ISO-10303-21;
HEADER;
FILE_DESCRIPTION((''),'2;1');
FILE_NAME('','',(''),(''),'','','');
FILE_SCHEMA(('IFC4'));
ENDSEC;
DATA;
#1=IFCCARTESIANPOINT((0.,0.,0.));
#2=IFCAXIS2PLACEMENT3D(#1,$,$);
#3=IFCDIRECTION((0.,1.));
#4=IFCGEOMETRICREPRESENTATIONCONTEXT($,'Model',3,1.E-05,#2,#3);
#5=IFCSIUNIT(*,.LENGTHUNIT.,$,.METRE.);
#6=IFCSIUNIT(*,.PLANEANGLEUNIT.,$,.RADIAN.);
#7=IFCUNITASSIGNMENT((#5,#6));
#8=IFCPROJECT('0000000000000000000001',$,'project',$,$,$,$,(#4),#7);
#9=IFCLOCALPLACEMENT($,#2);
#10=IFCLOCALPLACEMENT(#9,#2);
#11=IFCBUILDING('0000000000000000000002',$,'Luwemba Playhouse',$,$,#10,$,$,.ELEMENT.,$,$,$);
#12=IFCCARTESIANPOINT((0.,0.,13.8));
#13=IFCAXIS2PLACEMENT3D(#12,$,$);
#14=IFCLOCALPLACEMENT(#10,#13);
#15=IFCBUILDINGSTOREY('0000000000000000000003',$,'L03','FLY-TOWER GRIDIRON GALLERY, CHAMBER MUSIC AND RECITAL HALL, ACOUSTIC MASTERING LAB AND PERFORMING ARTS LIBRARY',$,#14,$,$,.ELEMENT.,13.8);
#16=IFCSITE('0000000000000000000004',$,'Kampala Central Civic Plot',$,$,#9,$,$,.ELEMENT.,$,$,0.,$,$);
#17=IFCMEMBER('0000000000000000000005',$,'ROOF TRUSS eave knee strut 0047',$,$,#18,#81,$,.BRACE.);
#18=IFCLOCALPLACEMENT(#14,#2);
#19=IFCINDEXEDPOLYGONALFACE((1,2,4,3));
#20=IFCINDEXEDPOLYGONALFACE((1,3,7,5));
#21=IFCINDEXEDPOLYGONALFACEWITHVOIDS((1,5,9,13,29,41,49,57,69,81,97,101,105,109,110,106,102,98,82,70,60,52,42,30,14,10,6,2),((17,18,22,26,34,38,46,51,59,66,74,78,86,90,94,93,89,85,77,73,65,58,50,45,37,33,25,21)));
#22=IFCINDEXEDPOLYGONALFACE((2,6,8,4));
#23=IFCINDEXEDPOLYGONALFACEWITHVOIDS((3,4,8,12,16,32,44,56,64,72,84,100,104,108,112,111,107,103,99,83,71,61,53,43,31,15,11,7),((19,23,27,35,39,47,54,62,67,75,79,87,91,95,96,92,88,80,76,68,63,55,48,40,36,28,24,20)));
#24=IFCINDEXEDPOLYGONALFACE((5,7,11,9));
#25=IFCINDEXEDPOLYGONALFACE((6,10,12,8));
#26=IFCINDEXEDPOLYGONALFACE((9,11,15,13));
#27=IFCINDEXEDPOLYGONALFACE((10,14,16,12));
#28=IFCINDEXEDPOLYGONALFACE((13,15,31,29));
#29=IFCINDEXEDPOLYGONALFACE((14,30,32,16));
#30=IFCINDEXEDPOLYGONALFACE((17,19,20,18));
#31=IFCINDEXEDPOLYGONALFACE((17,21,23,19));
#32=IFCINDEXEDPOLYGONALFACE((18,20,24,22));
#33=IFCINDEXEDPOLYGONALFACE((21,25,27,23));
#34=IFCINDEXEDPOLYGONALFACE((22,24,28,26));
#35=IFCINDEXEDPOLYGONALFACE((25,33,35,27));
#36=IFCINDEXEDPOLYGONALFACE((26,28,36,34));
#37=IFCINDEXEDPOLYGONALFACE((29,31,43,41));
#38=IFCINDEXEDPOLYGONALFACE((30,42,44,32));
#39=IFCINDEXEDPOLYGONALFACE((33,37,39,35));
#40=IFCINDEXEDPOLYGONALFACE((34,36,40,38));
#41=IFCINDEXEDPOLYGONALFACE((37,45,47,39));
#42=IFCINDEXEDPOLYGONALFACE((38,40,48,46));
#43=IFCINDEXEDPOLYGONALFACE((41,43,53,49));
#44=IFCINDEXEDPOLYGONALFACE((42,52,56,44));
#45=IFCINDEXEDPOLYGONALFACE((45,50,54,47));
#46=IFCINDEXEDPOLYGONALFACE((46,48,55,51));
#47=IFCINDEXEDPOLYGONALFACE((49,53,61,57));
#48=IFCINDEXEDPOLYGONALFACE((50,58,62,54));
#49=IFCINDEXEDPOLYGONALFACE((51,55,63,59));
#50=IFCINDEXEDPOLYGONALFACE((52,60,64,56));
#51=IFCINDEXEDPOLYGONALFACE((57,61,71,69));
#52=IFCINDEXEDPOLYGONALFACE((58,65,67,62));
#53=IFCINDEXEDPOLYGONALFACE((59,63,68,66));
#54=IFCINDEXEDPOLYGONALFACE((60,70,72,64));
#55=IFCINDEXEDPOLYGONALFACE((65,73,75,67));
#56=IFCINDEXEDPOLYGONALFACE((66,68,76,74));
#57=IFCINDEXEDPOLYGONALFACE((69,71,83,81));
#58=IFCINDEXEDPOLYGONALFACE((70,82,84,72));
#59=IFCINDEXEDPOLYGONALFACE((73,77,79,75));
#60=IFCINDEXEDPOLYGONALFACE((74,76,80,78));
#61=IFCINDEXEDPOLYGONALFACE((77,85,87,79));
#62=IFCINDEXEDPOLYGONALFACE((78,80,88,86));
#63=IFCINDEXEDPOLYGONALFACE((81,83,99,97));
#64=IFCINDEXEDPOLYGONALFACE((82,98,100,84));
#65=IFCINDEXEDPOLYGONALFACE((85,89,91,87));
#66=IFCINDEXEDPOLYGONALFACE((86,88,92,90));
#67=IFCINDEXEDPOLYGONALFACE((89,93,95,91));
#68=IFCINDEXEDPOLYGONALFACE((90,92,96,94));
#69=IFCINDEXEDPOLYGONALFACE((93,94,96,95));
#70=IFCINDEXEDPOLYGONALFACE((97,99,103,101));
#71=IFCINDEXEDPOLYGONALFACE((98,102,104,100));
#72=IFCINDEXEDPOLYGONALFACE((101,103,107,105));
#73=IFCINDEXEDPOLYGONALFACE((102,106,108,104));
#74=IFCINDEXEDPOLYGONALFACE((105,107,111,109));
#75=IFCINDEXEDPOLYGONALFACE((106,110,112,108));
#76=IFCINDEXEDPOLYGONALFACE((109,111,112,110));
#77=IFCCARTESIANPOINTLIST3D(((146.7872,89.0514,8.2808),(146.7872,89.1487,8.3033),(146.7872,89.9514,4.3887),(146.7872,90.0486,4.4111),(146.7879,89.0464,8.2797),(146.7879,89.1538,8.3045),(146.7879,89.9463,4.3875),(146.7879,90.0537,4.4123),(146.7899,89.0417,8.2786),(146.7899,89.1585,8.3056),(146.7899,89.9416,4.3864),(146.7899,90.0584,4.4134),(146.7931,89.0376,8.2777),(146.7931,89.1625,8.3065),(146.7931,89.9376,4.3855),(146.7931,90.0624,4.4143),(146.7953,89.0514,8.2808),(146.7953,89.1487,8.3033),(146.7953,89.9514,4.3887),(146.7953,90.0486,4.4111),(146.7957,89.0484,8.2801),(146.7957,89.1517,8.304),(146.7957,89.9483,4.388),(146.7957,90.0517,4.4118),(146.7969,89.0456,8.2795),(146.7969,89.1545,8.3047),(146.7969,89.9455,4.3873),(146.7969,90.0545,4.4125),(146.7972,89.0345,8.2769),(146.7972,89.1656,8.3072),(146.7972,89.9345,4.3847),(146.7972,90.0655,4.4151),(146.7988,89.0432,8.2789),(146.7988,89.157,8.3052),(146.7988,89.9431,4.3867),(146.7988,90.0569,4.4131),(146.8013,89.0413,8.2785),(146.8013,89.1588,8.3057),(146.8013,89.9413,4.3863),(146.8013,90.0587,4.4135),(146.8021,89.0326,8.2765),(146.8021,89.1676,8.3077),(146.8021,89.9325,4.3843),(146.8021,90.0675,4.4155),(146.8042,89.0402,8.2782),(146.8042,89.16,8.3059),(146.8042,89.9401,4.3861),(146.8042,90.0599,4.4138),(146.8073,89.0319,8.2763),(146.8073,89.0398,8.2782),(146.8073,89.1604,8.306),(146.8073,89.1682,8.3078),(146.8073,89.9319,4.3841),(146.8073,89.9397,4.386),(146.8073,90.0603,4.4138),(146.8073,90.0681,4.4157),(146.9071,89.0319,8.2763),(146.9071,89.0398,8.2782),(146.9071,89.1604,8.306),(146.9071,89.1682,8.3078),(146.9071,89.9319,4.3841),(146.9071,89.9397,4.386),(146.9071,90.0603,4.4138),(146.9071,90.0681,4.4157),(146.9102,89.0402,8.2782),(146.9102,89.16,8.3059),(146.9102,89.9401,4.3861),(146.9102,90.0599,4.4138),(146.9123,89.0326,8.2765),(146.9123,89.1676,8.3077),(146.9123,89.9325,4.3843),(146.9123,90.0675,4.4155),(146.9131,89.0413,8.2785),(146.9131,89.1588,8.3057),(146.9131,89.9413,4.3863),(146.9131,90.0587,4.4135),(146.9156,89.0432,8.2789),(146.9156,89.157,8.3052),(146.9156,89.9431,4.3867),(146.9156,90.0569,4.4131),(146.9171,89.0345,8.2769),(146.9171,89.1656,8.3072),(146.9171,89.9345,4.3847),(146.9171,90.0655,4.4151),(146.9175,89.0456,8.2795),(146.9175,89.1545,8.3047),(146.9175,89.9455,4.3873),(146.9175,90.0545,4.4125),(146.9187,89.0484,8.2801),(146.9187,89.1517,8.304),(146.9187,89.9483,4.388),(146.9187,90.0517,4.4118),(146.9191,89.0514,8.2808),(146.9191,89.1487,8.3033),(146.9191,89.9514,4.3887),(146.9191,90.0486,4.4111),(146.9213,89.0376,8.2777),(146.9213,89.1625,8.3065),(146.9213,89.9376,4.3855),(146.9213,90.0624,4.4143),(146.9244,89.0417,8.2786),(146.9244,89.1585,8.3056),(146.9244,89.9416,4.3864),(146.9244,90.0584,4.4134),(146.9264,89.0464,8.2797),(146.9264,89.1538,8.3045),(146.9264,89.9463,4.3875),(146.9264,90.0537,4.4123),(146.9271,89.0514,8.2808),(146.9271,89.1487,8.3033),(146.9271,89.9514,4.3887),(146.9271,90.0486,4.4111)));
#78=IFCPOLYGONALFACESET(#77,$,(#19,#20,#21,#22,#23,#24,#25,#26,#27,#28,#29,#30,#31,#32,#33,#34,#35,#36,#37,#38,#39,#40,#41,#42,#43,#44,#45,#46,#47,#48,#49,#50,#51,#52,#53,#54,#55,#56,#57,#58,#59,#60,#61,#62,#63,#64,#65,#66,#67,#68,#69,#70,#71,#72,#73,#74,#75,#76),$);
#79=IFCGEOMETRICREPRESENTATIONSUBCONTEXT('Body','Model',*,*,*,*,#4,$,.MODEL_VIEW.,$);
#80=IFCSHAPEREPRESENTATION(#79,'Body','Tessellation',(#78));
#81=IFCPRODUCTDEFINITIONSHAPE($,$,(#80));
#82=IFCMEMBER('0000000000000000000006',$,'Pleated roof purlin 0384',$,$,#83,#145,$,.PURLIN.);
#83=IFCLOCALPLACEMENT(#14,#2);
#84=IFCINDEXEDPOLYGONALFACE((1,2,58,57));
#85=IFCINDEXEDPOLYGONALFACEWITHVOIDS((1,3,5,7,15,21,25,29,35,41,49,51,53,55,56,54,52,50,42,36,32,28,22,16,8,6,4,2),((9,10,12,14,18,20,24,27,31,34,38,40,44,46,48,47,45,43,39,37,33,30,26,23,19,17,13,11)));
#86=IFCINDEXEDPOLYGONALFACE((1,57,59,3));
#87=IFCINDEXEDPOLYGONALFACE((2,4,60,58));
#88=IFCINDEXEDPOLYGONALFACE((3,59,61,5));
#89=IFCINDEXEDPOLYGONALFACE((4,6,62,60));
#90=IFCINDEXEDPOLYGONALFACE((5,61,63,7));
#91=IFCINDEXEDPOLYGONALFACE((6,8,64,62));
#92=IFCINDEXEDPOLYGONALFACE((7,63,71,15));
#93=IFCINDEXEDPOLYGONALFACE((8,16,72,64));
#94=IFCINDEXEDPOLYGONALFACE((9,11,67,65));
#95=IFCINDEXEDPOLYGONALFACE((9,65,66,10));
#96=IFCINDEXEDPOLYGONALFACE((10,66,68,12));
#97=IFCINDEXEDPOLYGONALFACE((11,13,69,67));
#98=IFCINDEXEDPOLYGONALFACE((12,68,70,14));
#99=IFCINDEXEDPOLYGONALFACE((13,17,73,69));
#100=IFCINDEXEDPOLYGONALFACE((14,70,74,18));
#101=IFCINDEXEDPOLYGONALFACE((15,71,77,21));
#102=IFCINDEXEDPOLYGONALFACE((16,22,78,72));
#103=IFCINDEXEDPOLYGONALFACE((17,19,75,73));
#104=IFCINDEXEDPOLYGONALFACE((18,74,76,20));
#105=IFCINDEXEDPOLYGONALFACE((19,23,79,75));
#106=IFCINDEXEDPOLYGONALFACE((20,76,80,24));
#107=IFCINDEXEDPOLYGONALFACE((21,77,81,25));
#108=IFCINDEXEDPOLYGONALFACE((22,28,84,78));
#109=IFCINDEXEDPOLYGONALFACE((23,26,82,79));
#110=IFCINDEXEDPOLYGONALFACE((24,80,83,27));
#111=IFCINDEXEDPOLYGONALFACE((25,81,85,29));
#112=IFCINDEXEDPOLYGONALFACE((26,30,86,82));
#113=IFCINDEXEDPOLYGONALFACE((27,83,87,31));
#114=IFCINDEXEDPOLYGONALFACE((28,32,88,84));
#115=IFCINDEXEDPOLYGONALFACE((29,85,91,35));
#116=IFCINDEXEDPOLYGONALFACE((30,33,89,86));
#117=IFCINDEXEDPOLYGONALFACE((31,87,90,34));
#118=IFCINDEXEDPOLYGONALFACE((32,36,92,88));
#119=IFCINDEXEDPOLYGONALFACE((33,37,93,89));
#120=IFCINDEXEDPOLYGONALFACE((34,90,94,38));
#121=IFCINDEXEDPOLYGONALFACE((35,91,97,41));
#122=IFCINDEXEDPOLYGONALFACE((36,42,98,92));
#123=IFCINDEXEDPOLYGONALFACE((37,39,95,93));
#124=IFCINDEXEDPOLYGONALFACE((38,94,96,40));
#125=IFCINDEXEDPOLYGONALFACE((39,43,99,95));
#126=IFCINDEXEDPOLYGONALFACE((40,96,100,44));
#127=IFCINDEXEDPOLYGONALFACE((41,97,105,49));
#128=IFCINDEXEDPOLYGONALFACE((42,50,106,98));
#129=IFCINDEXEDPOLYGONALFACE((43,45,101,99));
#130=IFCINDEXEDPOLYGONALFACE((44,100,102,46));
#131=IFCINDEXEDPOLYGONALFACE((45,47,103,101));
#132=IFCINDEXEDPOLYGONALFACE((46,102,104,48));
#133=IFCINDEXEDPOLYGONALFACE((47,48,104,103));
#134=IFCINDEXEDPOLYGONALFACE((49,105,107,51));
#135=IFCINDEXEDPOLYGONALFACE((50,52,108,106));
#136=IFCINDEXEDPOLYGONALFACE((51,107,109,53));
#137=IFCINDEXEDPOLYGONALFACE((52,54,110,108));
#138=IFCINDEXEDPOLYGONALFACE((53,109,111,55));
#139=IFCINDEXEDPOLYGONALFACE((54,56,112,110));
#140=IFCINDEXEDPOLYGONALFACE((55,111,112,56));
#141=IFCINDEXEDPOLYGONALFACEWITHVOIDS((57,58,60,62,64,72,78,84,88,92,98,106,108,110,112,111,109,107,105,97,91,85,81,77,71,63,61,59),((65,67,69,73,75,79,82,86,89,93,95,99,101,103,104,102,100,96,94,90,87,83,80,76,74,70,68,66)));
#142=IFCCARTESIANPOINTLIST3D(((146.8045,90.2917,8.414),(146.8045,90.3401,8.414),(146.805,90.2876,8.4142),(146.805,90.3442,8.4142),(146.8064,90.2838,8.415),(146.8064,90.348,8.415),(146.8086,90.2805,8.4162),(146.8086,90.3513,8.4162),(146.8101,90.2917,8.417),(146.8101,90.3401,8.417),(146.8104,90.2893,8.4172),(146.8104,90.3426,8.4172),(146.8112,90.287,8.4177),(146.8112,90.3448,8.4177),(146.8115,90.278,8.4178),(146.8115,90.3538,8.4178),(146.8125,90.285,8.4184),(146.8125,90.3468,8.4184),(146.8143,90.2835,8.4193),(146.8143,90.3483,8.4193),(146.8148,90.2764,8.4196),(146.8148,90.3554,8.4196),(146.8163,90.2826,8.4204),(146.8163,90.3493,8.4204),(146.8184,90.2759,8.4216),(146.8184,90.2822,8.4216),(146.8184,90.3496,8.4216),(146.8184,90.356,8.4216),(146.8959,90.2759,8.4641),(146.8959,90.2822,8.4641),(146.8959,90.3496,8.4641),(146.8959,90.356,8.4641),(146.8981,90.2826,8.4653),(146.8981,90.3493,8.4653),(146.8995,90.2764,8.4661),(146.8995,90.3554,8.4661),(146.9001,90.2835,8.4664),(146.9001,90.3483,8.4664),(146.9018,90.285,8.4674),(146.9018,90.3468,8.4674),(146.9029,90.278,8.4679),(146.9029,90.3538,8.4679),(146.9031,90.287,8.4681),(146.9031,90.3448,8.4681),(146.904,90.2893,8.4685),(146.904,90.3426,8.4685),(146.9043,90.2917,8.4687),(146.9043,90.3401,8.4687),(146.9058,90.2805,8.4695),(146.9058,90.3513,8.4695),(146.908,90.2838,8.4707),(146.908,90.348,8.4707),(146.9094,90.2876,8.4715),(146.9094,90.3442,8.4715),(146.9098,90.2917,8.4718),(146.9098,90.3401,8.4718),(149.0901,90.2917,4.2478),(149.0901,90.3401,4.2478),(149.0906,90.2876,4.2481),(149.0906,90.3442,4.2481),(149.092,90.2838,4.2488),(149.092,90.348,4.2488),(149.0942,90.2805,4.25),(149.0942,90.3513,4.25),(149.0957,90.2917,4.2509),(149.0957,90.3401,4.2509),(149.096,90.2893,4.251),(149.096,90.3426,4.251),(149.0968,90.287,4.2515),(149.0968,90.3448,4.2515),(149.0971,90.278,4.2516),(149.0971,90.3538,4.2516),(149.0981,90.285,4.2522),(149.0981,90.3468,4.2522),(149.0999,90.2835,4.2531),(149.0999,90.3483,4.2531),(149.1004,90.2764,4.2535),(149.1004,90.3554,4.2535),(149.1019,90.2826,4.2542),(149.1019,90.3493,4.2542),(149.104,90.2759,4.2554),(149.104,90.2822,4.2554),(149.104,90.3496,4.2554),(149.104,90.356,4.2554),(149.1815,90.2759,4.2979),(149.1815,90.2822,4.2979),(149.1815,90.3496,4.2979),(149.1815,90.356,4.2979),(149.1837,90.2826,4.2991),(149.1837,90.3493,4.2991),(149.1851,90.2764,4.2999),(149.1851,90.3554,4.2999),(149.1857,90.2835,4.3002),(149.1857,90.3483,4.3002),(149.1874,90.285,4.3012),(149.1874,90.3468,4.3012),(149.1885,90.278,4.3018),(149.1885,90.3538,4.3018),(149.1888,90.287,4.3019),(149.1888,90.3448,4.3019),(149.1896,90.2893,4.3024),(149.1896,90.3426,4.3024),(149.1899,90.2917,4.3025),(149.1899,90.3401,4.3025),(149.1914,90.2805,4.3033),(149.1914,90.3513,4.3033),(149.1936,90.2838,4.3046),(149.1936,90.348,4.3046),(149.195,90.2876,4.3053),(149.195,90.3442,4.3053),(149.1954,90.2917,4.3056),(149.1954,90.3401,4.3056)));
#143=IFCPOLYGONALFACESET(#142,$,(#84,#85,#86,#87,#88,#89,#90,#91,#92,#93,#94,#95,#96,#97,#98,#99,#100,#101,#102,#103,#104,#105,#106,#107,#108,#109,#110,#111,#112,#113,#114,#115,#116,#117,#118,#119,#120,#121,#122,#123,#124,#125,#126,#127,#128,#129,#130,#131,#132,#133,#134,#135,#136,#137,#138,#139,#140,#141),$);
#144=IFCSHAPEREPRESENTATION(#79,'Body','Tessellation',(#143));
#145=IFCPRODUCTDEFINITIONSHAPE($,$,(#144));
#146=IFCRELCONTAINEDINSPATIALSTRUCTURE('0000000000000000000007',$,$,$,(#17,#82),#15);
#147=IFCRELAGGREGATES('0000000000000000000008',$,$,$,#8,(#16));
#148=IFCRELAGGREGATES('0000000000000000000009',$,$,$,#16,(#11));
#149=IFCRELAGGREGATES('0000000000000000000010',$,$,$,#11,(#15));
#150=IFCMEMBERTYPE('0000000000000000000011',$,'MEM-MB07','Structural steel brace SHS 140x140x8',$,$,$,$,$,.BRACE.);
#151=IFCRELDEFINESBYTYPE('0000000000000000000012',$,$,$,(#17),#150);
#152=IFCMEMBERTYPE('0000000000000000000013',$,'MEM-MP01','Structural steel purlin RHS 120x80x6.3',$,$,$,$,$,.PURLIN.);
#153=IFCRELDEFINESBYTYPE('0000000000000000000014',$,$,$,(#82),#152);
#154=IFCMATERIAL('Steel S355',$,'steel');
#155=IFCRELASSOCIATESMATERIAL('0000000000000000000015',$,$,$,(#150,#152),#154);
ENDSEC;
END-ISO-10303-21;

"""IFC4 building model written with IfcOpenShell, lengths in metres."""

from ifc_helpers import new_model, si_unit, direction, frame, origin, origin_2d, place, context, subcontext, project, spatial, hollow_rectangle, extrude, material, material_profile, profile_set, type_object, element, save


model = new_model("IFC4")

# Units and contexts
model_context = context("Model", 3, precision=1e-05, world=origin(), true_north=direction((0.0, 1.0)))
body_context = subcontext(model_context, "Body", "Model", "MODEL_VIEW")
ifc_project = project(units=[si_unit("LENGTHUNIT", "METRE"), si_unit("PLANEANGLEUNIT", "RADIAN")], contexts=[model_context])

# Site, building, storey
site_placement = place(None, origin())
site = spatial("IfcSite", under=ifc_project, at=site_placement, Name="Kampala Central Civic Plot", CompositionType="ELEMENT", RefElevation=0.0)
building_placement = place(site_placement, origin())
building = spatial("IfcBuilding", under=site, at=building_placement, Name="Luwemba Playhouse", CompositionType="ELEMENT")
storey_placement = place(building_placement, frame((0.0, 0.0, 13.8)))
storey = spatial("IfcBuildingStorey", under=building, at=storey_placement, Name="L03", Description="FLY-TOWER GRIDIRON GALLERY, CHAMBER MUSIC AND RECITAL HALL, ACOUSTIC MASTERING LAB AND PERFORMING ARTS LIBRARY", CompositionType="ELEMENT", Elevation=13.8)

# Shared definitions
ifc_material_1 = material(Name="Steel S355", Category="steel")

# Members
ifc_material_profile_1 = material_profile(ifc_material_1, hollow_rectangle(XDim=0.1399, YDim=0.1399, WallThickness=0.0081, InnerFilletRadius=0.012, OuterFilletRadius=0.02, at=origin_2d()))
ifc_profile_set_1 = profile_set([ifc_material_profile_1], Name="Steel S355")
member_type_1 = type_object("IfcMemberType", Name="MEM-MB07", Description="Structural steel brace SHS 140x140x8", PredefinedType="BRACE", material=ifc_profile_set_1)
member_1_placement = place(storey_placement, frame((146.8572, 90.0, 4.3999), z_axis=(0.0, -0.22527, 0.974296), x_axis=(1.0, 0.0, 0.0)))
element("IfcMember", 1, at=member_1_placement, inside=storey, type_object=member_type_1, Name="ROOF TRUSS eave knee strut 0047", PredefinedType="BRACE", context=body_context, shape_type="SweptSolid", body=[
    extrude(hollow_rectangle(XDim=0.1399, YDim=0.1399, WallThickness=0.0081, InnerFilletRadius=0.012, OuterFilletRadius=0.02, at=origin_2d()), origin(), (0.0, 0.0, 1.0), 3.9949),
])
ifc_material_profile_2 = material_profile(ifc_material_1, hollow_rectangle(XDim=0.0801, YDim=0.1201, WallThickness=0.0063, InnerFilletRadius=0.0095, OuterFilletRadius=0.0159, at=origin_2d()))
ifc_profile_set_2 = profile_set([ifc_material_profile_2], Name="Steel S355")
member_type_2 = type_object("IfcMemberType", Name="MEM-MP01", Description="Structural steel purlin RHS 120x80x6.3", PredefinedType="PURLIN", material=ifc_profile_set_2)
member_2_placement = place(storey_placement, frame((146.8572, 90.3159, 8.4429), z_axis=(0.480982, 0.0, -0.876731), x_axis=(0.0, 1.0, 0.0)))
element("IfcMember", 2, at=member_2_placement, inside=storey, type_object=member_type_2, Name="Pleated roof purlin 0384", PredefinedType="PURLIN", context=body_context, shape_type="SweptSolid", body=[
    extrude(hollow_rectangle(XDim=0.0801, YDim=0.1201, WallThickness=0.0063, InnerFilletRadius=0.0095, OuterFilletRadius=0.0159, at=origin_2d()), origin(), (0.0, 0.0, 1.0), 4.752),
])

save(model, "model.ifc")
